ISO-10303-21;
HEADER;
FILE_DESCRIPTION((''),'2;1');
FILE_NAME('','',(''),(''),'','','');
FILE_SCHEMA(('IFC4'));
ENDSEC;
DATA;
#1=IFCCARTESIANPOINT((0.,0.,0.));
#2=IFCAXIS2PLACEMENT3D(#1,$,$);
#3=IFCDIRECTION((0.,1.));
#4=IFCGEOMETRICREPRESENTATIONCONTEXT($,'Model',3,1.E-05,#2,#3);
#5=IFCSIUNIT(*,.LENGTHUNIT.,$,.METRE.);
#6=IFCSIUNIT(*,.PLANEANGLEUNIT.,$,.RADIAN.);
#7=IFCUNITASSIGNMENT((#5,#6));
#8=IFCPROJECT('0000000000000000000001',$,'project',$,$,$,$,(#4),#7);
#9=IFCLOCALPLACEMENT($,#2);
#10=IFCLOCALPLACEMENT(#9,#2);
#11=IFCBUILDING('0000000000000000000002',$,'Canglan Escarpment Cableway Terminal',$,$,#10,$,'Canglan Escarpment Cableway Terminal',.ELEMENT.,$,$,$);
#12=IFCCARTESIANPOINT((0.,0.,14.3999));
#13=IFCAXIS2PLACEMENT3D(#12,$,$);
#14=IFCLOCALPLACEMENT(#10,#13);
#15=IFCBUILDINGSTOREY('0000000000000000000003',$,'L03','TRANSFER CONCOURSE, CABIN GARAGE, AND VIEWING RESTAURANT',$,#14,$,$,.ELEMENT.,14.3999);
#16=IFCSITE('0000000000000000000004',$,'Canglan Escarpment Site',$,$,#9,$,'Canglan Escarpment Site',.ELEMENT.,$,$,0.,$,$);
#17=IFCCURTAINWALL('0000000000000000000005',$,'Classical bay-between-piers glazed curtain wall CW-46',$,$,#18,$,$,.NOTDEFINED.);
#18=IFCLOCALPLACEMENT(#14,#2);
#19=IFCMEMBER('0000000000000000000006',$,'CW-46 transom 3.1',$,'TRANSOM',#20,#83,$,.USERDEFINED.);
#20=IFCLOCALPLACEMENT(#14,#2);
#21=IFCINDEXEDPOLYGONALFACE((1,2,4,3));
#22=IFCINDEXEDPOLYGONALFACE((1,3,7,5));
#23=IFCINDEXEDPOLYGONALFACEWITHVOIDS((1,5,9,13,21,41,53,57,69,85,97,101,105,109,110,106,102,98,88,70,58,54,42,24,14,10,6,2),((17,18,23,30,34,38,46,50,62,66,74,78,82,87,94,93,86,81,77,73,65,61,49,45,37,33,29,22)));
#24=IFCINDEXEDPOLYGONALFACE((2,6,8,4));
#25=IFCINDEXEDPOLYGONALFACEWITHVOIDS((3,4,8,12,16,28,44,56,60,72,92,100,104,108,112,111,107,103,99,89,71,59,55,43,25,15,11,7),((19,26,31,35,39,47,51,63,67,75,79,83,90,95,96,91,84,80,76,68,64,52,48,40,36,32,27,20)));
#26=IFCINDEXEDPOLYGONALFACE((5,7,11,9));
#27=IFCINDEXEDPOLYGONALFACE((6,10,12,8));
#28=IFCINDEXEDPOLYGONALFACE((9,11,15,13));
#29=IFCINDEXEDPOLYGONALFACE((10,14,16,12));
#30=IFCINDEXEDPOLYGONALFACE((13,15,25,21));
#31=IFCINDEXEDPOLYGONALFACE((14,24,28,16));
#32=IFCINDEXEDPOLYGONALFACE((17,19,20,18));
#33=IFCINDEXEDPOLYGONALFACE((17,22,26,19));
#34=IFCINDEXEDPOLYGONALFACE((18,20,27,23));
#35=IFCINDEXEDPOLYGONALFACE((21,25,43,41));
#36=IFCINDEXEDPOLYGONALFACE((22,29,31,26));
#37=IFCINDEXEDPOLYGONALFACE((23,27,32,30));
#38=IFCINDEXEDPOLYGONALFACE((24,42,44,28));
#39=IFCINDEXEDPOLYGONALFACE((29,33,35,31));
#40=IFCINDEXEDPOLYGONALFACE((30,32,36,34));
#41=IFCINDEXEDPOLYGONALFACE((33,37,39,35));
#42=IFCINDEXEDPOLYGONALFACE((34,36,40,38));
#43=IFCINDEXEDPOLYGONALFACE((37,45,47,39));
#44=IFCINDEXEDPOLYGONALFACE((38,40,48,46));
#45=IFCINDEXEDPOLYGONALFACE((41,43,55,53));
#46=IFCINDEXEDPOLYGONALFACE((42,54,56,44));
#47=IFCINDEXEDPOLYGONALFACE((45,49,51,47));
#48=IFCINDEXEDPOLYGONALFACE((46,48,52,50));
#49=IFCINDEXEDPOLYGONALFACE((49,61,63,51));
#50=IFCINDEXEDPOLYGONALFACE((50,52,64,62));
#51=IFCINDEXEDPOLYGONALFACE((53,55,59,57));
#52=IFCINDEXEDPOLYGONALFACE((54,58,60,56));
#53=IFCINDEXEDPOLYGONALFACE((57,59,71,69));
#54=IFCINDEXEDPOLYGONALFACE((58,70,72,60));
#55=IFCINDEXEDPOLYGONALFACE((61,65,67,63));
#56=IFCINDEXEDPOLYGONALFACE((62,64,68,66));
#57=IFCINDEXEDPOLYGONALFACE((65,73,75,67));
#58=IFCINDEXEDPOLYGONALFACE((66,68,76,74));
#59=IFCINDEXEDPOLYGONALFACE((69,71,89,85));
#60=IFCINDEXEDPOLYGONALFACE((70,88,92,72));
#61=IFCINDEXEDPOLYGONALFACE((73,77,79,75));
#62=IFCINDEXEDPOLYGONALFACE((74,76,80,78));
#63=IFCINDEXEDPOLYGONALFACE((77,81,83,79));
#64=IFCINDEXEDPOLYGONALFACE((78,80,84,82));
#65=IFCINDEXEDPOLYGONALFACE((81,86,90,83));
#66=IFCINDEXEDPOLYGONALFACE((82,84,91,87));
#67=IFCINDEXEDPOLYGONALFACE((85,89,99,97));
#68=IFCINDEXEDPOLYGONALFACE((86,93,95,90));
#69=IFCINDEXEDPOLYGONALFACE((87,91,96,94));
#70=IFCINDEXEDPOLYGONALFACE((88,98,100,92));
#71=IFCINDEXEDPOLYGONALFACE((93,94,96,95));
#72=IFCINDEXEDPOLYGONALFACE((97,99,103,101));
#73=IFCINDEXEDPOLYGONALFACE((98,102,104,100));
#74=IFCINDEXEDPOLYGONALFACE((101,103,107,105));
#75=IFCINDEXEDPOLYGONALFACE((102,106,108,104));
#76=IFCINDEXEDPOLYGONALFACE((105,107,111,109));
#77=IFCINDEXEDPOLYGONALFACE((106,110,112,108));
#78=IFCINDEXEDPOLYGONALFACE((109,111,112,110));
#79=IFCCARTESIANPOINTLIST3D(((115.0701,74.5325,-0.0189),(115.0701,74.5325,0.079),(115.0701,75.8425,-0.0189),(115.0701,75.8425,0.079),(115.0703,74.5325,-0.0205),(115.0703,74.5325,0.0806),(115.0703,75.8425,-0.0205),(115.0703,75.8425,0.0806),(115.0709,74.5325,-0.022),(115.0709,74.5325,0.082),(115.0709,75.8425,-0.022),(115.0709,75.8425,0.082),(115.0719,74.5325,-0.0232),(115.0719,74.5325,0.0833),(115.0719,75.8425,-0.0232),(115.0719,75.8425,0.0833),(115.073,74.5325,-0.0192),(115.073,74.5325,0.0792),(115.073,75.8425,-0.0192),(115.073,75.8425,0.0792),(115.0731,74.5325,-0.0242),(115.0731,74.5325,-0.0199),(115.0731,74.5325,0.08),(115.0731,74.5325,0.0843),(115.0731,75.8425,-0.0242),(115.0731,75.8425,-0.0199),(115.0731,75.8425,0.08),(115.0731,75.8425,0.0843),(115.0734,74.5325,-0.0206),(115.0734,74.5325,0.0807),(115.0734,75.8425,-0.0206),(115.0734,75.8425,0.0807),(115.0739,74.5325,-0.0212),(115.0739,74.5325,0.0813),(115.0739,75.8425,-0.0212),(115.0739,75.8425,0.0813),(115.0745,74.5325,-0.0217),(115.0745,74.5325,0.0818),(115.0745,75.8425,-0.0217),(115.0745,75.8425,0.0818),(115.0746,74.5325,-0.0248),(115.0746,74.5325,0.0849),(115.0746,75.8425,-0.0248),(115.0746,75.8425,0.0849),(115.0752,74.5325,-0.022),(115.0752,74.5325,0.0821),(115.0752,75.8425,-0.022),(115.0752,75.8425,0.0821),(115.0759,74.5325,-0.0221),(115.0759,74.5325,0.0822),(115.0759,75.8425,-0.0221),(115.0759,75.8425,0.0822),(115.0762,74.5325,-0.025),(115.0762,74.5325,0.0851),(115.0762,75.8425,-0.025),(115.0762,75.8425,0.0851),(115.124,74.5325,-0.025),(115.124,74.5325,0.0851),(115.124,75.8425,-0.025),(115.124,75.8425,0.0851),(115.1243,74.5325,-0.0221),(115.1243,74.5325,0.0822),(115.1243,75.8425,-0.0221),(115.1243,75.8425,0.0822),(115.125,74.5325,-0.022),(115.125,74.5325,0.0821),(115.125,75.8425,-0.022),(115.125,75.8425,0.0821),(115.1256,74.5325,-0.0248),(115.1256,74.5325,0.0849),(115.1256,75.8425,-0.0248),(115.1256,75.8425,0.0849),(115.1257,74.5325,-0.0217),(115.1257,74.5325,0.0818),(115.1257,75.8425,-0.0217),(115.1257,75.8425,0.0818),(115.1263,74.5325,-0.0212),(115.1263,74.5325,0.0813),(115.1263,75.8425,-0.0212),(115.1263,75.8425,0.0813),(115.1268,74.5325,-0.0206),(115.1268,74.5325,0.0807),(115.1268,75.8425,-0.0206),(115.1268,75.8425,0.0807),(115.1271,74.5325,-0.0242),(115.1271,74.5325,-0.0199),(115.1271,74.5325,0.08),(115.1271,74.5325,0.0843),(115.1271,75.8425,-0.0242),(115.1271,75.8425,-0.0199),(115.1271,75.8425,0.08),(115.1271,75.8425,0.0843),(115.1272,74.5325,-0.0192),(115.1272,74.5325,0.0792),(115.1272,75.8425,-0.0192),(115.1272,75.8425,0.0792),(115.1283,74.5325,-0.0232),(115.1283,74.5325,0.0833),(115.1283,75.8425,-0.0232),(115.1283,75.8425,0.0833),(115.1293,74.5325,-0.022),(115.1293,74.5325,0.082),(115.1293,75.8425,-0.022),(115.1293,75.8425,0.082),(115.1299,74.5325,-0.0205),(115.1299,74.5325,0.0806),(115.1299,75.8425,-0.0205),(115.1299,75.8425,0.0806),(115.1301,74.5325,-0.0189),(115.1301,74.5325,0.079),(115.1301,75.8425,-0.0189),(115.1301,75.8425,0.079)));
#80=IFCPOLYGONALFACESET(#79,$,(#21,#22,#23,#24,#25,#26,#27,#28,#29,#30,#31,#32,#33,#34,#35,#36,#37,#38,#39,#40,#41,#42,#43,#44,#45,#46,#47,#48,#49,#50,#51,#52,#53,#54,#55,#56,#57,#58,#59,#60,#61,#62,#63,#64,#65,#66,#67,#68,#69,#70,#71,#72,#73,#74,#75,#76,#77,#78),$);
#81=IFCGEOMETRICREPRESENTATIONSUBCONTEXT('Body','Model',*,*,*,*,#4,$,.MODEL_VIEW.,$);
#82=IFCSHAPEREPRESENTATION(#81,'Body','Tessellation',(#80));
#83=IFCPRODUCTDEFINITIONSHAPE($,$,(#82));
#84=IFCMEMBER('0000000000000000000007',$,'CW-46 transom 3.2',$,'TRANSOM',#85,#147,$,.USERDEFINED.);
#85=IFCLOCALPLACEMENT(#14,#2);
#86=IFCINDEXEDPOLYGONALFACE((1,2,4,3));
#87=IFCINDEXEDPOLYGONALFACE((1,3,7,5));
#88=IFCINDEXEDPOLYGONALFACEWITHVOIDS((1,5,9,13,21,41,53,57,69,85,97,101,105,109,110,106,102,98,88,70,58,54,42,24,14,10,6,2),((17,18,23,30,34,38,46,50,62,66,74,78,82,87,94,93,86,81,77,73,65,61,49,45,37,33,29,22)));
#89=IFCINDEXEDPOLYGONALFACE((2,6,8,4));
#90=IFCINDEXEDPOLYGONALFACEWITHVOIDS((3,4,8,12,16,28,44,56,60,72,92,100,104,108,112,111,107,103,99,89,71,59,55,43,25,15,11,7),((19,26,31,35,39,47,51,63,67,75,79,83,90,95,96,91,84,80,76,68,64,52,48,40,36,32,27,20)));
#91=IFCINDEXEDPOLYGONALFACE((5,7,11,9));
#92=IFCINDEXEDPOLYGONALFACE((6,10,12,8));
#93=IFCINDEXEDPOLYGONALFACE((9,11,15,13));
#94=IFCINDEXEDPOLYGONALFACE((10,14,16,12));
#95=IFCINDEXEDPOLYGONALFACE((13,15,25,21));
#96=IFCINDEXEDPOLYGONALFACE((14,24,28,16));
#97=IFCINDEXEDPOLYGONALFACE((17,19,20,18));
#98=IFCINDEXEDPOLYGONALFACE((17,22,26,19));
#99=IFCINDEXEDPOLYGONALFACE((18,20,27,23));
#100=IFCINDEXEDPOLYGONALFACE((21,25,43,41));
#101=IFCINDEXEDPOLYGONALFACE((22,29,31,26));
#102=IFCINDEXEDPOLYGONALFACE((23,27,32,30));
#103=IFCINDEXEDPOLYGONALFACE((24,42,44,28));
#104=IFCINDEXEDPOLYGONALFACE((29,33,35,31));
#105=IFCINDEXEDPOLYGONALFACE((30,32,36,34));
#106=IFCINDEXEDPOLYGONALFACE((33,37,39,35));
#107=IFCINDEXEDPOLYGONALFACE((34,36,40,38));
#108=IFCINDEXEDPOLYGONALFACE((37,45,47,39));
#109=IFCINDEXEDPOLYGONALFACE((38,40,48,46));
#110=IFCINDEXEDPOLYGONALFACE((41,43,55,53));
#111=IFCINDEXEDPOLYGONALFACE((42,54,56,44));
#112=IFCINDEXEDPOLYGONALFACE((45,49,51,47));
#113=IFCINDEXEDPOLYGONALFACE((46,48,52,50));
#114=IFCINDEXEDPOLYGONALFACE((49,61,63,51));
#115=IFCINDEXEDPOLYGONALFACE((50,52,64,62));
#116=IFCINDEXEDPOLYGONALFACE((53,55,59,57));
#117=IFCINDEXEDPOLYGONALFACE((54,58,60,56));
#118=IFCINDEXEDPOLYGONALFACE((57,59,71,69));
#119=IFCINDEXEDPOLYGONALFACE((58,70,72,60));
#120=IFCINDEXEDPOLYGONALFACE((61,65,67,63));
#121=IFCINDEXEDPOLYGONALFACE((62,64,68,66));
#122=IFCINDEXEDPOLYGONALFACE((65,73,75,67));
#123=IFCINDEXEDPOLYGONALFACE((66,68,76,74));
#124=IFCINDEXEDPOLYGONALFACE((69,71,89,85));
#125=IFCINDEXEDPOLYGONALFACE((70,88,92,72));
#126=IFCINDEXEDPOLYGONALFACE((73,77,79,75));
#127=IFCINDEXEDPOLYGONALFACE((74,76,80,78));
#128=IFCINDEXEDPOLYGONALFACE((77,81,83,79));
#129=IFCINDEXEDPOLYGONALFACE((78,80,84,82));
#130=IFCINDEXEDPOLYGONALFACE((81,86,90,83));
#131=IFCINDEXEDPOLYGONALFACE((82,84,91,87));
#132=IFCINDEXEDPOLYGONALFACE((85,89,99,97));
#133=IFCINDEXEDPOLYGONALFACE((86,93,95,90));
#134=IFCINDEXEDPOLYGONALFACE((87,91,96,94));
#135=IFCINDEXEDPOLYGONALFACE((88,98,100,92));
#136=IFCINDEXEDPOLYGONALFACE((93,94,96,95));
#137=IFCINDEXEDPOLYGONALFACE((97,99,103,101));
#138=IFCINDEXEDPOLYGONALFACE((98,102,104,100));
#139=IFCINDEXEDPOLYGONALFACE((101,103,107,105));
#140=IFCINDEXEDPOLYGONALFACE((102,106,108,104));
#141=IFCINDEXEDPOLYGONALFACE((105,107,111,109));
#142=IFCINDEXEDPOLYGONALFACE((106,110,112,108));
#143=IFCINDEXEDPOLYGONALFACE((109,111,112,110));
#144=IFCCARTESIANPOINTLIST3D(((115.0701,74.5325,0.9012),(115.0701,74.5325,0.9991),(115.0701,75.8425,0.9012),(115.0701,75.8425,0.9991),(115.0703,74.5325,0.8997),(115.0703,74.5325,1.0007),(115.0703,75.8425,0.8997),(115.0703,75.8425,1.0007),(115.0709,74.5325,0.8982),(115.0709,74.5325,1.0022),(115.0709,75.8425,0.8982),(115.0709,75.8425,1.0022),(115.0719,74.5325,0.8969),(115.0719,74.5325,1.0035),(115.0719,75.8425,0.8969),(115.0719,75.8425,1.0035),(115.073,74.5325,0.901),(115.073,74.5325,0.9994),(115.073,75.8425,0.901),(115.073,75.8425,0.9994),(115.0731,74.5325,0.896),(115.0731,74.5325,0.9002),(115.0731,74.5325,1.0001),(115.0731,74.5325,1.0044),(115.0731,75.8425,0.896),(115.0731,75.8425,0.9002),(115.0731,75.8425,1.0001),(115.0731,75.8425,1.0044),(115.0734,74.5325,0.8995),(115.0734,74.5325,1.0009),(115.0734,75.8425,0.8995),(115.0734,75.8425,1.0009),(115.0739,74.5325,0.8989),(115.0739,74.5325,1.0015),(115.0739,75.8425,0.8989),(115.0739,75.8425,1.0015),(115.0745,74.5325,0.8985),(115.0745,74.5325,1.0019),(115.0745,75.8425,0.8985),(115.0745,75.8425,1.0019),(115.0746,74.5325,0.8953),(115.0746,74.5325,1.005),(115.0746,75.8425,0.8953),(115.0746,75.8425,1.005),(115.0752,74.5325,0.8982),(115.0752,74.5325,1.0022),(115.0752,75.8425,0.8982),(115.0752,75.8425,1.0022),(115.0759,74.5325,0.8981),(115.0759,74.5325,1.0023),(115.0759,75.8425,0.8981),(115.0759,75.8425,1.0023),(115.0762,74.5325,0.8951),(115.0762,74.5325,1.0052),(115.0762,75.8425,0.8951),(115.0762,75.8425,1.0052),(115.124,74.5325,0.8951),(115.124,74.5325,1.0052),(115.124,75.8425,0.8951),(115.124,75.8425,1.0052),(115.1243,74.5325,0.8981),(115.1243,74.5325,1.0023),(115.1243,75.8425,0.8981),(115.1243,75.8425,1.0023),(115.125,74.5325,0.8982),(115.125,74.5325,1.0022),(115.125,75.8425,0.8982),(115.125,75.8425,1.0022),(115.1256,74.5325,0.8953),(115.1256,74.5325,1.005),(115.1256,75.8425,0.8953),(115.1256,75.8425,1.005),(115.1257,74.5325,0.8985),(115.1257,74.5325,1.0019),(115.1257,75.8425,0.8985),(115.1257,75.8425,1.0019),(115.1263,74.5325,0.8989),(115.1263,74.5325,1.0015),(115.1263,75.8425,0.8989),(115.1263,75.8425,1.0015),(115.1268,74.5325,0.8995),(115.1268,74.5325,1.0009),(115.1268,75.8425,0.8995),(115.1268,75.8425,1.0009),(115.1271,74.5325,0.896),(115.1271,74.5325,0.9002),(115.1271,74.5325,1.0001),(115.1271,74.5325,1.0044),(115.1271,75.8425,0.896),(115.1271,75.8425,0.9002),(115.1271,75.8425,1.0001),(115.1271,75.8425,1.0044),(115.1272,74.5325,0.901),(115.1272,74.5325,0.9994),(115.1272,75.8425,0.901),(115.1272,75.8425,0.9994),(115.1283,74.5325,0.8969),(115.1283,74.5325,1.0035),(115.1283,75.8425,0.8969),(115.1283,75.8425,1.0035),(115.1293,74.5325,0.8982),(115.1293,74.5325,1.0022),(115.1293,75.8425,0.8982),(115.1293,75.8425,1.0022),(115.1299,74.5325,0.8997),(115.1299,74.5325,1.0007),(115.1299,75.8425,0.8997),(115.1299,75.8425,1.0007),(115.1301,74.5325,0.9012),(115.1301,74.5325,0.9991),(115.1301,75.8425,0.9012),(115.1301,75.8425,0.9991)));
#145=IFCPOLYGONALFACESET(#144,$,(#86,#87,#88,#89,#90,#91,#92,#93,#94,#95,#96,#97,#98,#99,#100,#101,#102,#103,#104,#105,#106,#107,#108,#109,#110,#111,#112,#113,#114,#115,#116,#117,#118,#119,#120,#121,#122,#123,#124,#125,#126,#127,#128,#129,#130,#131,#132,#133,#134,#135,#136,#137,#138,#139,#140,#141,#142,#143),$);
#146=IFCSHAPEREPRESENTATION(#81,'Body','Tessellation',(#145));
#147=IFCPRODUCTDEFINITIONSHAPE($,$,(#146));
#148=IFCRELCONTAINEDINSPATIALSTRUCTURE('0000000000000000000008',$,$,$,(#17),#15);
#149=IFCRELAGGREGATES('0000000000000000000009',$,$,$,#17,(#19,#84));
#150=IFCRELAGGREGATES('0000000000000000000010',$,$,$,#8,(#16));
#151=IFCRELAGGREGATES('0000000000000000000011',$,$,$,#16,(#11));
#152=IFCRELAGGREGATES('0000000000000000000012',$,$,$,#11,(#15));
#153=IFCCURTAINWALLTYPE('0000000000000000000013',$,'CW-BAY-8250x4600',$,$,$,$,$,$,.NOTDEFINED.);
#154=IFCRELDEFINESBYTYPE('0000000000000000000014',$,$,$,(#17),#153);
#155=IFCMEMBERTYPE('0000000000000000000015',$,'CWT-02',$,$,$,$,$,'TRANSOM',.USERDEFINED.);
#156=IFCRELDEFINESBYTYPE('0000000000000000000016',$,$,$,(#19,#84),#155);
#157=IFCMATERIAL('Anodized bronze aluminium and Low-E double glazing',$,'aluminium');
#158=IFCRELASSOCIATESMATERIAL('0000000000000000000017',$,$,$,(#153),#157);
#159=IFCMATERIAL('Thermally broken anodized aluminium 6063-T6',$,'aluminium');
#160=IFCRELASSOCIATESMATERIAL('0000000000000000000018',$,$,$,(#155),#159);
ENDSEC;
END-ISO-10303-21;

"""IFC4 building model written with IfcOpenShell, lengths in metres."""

from ifc_helpers import new_model, si_unit, direction, frame, origin, origin_2d, place, context, subcontext, project, spatial, hollow_rectangle, extrude, material, material_profile, profile_set, type_object, element, aggregate, save


model = new_model("IFC4")

# Units and contexts
model_context = context("Model", 3, precision=1e-05, world=origin(), true_north=direction((0.0, 1.0)))
body_context = subcontext(model_context, "Body", "Model", "MODEL_VIEW")
ifc_project = project(units=[si_unit("LENGTHUNIT", "METRE"), si_unit("PLANEANGLEUNIT", "RADIAN")], contexts=[model_context])

# Site, building, storey
site_placement = place(None, origin())
site = spatial("IfcSite", under=ifc_project, at=site_placement, Name="Canglan Escarpment Site", LongName="Canglan Escarpment Site", CompositionType="ELEMENT", RefElevation=0.0)
building_placement = place(site_placement, origin())
building = spatial("IfcBuilding", under=site, at=building_placement, Name="Canglan Escarpment Cableway Terminal", LongName="Canglan Escarpment Cableway Terminal", CompositionType="ELEMENT")
storey_placement = place(building_placement, frame((0.0, 0.0, 14.3999)))
storey = spatial("IfcBuildingStorey", under=building, at=storey_placement, Name="L03", Description="TRANSFER CONCOURSE, CABIN GARAGE, AND VIEWING RESTAURANT", CompositionType="ELEMENT", Elevation=14.3999)

# Curtain wall, members
ifc_material_1 = material(Name="Anodized bronze aluminium and Low-E double glazing", Category="aluminium")
curtain_wall_type = type_object("IfcCurtainWallType", Name="CW-BAY-8250x4600", PredefinedType="NOTDEFINED", material=ifc_material_1)
curtain_wall_placement = place(storey_placement, origin())
curtain_wall = element("IfcCurtainWall", 1, at=curtain_wall_placement, inside=storey, type_object=curtain_wall_type, Name="Classical bay-between-piers glazed curtain wall CW-46", PredefinedType="NOTDEFINED")
ifc_material_2 = material(Name="Thermally broken anodized aluminium 6063-T6", Category="aluminium")
ifc_material_profile_1 = material_profile(ifc_material_2, hollow_rectangle(XDim=0.0601, YDim=0.1101, WallThickness=0.0029, InnerFilletRadius=0.0029, OuterFilletRadius=0.0061, at=origin_2d()), Name="ALU-TRAN 60x110x3")
ifc_profile_set_1 = profile_set([ifc_material_profile_1], Name="Thermally broken anodized aluminium 6063-T6")
member_type_1 = type_object("IfcMemberType", Name="CWT-02", ElementType="TRANSOM", PredefinedType="USERDEFINED", material=ifc_profile_set_1)
member_1_placement = place(storey_placement, frame((115.1001, 75.8425, 0.03), z_axis=(0.0, -1.0, 0.0), x_axis=(1.0, 0.0, 0.0)))
member_1 = element("IfcMember", 2, at=member_1_placement, type_object=member_type_1, Name="CW-46 transom 3.1", ObjectType="TRANSOM", PredefinedType="USERDEFINED", context=body_context, shape_type="SweptSolid", body=[
    extrude(hollow_rectangle(XDim=0.0601, YDim=0.1101, WallThickness=0.0029, InnerFilletRadius=0.0029, OuterFilletRadius=0.0061, at=origin_2d()), origin(), (0.0, 0.0, 1.0), 1.3101),
])
member_2_placement = place(storey_placement, frame((115.1001, 75.8425, 0.9502), z_axis=(0.0, -1.0, 0.0), x_axis=(1.0, 0.0, 0.0)))
member_2 = element("IfcMember", 3, at=member_2_placement, type_object=member_type_1, Name="CW-46 transom 3.2", ObjectType="TRANSOM", PredefinedType="USERDEFINED", context=body_context, shape_type="SweptSolid", body=[
    extrude(hollow_rectangle(XDim=0.0601, YDim=0.1101, WallThickness=0.0029, InnerFilletRadius=0.0029, OuterFilletRadius=0.0061, at=origin_2d()), origin(), (0.0, 0.0, 1.0), 1.3101),
])
aggregate(curtain_wall, [member_1, member_2])

save(model, "model.ifc")
